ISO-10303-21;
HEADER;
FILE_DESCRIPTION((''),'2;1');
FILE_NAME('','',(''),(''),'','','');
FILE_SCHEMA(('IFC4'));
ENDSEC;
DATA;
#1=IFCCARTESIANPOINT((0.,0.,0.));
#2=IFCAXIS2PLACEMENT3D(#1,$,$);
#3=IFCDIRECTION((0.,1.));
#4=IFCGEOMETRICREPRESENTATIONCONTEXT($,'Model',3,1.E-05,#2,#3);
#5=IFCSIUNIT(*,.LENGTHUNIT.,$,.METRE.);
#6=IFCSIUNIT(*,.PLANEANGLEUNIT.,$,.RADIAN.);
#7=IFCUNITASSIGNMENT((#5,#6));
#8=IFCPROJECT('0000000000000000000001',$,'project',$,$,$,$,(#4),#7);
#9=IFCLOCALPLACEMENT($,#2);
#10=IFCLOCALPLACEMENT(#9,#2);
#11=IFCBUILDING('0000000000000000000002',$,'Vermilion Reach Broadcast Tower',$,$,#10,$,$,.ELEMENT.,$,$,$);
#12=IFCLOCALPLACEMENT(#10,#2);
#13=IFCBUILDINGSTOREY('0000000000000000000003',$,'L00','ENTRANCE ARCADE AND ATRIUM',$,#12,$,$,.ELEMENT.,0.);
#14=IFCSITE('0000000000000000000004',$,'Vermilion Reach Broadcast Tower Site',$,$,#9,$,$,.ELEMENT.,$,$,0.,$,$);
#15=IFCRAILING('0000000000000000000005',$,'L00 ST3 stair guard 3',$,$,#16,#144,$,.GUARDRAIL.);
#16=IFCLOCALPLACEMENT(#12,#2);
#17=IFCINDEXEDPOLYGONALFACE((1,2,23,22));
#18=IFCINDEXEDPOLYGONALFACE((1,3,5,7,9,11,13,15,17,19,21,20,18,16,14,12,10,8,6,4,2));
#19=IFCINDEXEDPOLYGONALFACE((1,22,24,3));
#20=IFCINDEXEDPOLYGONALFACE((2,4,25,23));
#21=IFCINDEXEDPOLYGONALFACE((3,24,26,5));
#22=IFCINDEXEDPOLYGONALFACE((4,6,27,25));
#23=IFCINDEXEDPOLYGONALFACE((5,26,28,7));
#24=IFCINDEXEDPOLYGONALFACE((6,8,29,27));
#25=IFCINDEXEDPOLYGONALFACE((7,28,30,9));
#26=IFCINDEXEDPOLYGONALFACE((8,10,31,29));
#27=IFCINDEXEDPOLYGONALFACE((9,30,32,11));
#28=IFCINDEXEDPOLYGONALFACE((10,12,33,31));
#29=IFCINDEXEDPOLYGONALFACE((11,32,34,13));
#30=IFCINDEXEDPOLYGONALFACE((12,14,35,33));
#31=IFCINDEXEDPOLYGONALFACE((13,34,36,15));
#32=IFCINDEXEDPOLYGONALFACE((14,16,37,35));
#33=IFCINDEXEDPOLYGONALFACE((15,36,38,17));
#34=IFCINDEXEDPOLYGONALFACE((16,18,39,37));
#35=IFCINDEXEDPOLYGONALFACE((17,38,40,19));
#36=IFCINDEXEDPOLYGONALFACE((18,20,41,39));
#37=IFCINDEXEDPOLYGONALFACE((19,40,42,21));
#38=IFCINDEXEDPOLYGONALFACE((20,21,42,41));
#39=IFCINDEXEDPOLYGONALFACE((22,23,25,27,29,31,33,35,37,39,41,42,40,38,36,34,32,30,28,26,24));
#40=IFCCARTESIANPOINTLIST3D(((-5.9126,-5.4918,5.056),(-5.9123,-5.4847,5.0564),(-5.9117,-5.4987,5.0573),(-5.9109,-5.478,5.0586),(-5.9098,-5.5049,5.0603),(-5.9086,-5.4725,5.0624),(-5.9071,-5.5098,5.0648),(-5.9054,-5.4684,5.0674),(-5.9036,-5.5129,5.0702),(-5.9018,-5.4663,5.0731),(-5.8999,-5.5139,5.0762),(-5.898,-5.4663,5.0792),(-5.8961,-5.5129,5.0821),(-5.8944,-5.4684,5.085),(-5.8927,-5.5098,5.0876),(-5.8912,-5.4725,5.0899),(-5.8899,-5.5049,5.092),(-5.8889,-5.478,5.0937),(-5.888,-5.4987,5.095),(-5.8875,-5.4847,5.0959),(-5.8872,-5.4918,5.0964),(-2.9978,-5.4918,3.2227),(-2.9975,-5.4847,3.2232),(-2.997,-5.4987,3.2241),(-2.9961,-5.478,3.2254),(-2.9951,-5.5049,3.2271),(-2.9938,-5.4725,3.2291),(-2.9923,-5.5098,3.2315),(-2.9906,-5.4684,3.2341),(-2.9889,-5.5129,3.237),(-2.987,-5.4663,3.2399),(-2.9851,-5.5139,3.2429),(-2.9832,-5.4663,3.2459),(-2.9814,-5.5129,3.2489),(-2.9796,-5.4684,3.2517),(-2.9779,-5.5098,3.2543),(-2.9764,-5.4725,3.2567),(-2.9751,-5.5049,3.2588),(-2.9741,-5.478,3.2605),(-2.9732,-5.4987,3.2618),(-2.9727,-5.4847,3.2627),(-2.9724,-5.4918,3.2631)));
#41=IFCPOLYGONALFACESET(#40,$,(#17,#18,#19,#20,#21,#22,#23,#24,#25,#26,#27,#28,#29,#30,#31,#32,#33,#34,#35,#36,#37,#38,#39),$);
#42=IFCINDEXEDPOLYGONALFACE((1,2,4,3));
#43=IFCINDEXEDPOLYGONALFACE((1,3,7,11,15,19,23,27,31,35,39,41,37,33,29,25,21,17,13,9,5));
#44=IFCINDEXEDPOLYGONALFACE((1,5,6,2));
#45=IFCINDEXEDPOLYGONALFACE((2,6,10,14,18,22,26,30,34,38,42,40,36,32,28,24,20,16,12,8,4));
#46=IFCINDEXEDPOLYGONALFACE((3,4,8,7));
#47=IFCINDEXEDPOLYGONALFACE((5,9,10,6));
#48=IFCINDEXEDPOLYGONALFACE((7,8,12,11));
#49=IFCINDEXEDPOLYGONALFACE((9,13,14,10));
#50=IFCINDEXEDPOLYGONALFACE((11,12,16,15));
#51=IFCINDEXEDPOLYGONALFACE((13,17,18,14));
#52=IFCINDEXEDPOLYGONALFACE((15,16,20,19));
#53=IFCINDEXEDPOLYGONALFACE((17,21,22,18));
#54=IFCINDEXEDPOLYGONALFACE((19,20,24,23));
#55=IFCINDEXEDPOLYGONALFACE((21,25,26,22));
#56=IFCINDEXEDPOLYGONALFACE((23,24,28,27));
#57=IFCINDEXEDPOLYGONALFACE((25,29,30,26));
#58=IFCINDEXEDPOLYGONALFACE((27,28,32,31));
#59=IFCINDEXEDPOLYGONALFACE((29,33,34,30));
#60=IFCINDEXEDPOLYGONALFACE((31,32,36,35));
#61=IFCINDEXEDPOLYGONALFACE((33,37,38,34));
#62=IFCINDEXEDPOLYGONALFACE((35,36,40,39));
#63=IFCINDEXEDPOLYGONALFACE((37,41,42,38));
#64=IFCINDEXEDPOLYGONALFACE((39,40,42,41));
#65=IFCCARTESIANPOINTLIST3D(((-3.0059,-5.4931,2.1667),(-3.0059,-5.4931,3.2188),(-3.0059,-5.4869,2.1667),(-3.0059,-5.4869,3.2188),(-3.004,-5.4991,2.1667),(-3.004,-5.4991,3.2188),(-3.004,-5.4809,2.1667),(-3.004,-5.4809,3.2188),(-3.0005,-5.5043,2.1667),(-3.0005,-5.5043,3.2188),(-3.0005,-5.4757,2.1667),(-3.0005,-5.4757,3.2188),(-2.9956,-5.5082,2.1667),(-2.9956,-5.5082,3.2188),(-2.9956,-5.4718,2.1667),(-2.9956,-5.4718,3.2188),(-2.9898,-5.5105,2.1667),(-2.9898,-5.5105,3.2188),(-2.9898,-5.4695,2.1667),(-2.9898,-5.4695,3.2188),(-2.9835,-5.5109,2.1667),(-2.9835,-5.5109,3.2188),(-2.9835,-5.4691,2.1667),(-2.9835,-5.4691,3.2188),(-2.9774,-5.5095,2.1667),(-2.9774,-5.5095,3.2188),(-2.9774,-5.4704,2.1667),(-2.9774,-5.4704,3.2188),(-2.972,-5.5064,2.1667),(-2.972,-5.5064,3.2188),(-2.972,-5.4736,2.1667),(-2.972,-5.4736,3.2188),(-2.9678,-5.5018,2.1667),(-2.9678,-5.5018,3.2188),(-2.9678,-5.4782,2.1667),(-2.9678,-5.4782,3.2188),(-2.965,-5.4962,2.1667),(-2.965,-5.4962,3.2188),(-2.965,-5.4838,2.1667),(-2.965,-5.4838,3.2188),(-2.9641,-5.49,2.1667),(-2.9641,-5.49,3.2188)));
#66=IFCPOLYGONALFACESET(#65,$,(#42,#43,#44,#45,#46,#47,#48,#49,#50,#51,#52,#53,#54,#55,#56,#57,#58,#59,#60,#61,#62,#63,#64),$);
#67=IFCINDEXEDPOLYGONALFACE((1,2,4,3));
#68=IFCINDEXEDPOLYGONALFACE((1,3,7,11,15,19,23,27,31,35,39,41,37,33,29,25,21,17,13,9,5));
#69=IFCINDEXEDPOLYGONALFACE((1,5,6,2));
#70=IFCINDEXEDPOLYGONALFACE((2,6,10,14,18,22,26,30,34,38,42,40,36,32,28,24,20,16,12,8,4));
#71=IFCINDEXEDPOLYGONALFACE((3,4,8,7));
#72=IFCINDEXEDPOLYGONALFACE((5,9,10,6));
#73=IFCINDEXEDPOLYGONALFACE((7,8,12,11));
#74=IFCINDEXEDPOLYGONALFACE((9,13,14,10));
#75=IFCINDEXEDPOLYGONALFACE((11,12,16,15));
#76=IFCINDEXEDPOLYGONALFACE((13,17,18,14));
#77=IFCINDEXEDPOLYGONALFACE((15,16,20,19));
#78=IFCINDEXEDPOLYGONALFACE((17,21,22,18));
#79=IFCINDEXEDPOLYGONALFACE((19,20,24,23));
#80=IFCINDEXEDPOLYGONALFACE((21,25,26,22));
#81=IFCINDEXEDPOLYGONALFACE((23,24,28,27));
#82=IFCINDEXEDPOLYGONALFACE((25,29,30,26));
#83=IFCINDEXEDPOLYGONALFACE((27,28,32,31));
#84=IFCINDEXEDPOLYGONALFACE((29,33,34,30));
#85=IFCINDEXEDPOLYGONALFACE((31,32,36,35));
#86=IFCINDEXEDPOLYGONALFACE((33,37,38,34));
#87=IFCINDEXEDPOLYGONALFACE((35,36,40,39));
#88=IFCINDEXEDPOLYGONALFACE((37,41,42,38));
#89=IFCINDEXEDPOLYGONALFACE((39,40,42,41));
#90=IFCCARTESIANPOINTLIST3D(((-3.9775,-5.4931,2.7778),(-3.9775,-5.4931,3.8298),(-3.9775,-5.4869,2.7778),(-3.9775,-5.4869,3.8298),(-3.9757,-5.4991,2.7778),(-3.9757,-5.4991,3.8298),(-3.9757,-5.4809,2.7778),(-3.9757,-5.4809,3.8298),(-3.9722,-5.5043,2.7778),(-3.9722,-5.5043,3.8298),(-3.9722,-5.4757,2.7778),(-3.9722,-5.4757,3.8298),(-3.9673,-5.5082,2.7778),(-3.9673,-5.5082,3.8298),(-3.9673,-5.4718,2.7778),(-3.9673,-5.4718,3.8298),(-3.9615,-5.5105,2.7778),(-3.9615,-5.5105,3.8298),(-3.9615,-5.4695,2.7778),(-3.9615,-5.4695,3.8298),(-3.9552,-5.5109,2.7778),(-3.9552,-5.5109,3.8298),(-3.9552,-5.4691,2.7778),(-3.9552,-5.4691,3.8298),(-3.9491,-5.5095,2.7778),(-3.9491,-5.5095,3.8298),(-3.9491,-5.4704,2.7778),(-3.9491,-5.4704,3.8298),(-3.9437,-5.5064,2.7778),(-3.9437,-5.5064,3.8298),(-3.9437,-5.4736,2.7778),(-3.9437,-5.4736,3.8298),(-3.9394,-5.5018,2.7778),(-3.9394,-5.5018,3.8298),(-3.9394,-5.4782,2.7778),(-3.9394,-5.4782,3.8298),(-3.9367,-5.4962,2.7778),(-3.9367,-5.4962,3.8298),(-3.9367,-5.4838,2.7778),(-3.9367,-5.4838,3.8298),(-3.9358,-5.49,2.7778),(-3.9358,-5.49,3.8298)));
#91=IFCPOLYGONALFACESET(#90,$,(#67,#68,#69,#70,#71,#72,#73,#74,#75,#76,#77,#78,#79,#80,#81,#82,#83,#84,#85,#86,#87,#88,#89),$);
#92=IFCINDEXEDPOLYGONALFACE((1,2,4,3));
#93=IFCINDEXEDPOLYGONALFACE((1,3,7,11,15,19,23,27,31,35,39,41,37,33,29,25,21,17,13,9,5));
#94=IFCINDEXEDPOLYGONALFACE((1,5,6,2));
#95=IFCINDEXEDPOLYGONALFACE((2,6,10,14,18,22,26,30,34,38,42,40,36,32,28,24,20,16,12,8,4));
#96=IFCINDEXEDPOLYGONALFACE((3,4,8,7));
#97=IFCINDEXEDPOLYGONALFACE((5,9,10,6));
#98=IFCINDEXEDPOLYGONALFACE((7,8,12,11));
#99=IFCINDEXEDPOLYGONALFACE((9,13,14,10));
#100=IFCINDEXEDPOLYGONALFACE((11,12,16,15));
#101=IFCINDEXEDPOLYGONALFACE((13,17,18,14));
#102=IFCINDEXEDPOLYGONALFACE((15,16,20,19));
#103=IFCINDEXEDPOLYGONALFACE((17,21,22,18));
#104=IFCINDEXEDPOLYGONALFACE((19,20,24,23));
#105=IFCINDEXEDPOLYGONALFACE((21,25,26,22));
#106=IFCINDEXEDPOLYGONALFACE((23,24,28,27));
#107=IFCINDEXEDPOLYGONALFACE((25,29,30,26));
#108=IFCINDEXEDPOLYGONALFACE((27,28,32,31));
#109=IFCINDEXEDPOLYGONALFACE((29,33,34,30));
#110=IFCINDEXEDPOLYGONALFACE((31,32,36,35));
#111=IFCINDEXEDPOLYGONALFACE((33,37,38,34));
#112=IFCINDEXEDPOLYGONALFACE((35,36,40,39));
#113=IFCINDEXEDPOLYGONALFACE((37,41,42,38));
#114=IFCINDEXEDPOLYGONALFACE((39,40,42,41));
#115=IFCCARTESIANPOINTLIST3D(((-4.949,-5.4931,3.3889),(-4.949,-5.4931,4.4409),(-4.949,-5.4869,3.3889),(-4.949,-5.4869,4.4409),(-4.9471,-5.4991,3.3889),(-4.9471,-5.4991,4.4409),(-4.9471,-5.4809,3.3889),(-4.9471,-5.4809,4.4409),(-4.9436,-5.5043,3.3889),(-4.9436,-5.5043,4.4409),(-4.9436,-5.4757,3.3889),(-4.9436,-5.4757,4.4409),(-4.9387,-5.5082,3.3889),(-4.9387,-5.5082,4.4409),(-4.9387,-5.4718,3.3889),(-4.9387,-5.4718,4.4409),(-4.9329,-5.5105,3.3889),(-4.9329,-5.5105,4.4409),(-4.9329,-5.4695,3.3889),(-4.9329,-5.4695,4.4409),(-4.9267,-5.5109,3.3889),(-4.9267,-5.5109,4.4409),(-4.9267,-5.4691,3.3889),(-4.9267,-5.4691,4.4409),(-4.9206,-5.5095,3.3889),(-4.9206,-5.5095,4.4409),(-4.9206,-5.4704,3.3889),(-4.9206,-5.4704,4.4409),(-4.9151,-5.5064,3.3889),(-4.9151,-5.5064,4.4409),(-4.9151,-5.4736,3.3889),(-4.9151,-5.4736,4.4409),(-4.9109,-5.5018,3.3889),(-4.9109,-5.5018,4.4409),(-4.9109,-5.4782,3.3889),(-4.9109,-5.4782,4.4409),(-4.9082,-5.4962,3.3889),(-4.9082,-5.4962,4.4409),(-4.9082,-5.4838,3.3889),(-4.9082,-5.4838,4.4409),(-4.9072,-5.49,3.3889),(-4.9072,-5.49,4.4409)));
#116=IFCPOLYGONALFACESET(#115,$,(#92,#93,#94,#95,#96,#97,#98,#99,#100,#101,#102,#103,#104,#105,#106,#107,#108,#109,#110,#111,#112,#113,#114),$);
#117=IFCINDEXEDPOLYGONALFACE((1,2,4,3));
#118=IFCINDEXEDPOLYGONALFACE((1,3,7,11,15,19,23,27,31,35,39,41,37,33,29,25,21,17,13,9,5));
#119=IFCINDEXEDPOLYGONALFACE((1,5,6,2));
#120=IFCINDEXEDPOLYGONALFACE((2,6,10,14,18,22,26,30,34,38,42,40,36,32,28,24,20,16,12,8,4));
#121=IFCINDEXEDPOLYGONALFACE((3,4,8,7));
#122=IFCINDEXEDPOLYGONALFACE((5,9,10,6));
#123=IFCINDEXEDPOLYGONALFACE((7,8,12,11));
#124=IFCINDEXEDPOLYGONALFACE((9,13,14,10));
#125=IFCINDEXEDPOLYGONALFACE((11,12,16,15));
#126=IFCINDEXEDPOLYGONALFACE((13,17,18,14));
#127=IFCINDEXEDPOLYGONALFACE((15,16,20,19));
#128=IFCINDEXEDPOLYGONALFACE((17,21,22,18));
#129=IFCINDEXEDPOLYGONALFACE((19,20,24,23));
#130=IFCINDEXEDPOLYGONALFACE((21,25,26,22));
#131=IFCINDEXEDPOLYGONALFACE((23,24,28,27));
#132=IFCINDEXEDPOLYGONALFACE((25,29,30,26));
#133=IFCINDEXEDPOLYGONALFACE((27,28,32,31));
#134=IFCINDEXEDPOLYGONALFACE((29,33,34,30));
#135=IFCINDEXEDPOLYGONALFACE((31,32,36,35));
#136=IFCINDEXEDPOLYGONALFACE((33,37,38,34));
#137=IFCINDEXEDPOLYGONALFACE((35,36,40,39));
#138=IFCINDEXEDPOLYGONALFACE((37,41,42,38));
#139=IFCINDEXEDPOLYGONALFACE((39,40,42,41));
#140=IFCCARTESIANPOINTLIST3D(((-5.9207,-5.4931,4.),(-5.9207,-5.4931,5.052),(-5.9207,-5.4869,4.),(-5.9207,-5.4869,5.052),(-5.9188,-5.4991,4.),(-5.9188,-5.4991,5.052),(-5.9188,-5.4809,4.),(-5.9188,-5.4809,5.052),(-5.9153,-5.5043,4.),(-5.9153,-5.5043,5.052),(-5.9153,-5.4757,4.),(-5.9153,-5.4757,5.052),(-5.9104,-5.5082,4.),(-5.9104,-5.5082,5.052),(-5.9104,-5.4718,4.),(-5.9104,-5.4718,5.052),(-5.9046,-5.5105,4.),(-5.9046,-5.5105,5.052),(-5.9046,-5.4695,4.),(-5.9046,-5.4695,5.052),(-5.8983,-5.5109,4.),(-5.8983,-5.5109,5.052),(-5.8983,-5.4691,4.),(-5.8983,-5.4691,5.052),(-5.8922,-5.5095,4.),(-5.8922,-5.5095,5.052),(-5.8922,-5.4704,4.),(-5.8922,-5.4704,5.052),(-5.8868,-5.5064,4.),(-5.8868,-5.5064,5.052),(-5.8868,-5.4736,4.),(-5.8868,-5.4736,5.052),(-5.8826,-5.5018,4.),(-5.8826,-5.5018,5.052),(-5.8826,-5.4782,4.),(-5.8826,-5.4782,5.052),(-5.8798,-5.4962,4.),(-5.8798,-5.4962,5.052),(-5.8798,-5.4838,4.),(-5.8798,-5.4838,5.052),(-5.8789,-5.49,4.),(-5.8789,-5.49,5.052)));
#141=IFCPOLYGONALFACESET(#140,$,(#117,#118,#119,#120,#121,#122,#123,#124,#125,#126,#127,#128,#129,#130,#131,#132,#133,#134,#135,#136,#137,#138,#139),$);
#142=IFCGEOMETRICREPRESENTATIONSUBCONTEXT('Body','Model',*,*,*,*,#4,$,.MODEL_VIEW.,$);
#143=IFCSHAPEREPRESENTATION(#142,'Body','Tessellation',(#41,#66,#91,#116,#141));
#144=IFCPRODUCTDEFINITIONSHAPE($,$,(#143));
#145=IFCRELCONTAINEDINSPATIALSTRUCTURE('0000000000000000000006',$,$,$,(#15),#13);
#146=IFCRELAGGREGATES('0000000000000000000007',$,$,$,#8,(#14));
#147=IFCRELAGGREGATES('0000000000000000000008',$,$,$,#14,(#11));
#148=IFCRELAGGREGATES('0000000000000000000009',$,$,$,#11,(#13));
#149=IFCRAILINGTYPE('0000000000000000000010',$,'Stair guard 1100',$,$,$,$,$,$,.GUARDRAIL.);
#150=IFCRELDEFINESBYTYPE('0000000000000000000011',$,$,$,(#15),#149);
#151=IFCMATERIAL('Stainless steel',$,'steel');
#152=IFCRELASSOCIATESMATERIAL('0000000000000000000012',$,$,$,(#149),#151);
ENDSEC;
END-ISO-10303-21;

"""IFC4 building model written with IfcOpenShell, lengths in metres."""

from ifc_helpers import new_model, si_unit, direction, frame, origin, origin_2d, place, context, subcontext, project, spatial, circle, extrude, material, type_object, element, save


model = new_model("IFC4")

# Units and contexts
model_context = context("Model", 3, precision=1e-05, world=origin(), true_north=direction((0.0, 1.0)))
body_context = subcontext(model_context, "Body", "Model", "MODEL_VIEW")
ifc_project = project(units=[si_unit("LENGTHUNIT", "METRE"), si_unit("PLANEANGLEUNIT", "RADIAN")], contexts=[model_context])

# Site, building, storey
site_placement = place(None, origin())
site = spatial("IfcSite", under=ifc_project, at=site_placement, Name="Vermilion Reach Broadcast Tower Site", CompositionType="ELEMENT", RefElevation=0.0)
building_placement = place(site_placement, origin())
building = spatial("IfcBuilding", under=site, at=building_placement, Name="Vermilion Reach Broadcast Tower", CompositionType="ELEMENT")
storey_placement = place(building_placement, origin())
storey = spatial("IfcBuildingStorey", under=building, at=storey_placement, Name="L00", Description="ENTRANCE ARCADE AND ATRIUM", CompositionType="ELEMENT", Elevation=0.0)

# Railing
ifc_material_1 = material(Name="Stainless steel", Category="steel")
railing_type_1 = type_object("IfcRailingType", Name="Stair guard 1100", PredefinedType="GUARDRAIL", material=ifc_material_1)
railing_1_placement = place(storey_placement, frame((-2.9851, -5.49, 2.1667)))
element("IfcRailing", 1, at=railing_1_placement, inside=storey, type_object=railing_type_1, Name="L00 ST3 stair guard 3", PredefinedType="GUARDRAIL", context=body_context, shape_type="SweptSolid", body=[
    extrude(circle(Radius=0.0239, at=origin_2d()), frame((0.0, 0.0, 1.0762), z_axis=(-0.846493, 0.0, 0.532399), x_axis=(0.0, -1.0, 0.0)), (0.0, 0.0, 1.0), 3.4434),
    extrude(circle(Radius=0.021, at=origin_2d()), origin(), (0.0, 0.0, 1.0), 1.052),
    extrude(circle(Radius=0.021, at=origin_2d()), frame((-0.9717, 0.0, 0.6111)), (0.0, 0.0, 1.0), 1.052),
    extrude(circle(Radius=0.021, at=origin_2d()), frame((-1.9431, 0.0, 1.2222)), (0.0, 0.0, 1.0), 1.052),
    extrude(circle(Radius=0.021, at=origin_2d()), frame((-2.9148, 0.0, 1.8333)), (0.0, 0.0, 1.0), 1.052),
])

save(model, "model.ifc")
